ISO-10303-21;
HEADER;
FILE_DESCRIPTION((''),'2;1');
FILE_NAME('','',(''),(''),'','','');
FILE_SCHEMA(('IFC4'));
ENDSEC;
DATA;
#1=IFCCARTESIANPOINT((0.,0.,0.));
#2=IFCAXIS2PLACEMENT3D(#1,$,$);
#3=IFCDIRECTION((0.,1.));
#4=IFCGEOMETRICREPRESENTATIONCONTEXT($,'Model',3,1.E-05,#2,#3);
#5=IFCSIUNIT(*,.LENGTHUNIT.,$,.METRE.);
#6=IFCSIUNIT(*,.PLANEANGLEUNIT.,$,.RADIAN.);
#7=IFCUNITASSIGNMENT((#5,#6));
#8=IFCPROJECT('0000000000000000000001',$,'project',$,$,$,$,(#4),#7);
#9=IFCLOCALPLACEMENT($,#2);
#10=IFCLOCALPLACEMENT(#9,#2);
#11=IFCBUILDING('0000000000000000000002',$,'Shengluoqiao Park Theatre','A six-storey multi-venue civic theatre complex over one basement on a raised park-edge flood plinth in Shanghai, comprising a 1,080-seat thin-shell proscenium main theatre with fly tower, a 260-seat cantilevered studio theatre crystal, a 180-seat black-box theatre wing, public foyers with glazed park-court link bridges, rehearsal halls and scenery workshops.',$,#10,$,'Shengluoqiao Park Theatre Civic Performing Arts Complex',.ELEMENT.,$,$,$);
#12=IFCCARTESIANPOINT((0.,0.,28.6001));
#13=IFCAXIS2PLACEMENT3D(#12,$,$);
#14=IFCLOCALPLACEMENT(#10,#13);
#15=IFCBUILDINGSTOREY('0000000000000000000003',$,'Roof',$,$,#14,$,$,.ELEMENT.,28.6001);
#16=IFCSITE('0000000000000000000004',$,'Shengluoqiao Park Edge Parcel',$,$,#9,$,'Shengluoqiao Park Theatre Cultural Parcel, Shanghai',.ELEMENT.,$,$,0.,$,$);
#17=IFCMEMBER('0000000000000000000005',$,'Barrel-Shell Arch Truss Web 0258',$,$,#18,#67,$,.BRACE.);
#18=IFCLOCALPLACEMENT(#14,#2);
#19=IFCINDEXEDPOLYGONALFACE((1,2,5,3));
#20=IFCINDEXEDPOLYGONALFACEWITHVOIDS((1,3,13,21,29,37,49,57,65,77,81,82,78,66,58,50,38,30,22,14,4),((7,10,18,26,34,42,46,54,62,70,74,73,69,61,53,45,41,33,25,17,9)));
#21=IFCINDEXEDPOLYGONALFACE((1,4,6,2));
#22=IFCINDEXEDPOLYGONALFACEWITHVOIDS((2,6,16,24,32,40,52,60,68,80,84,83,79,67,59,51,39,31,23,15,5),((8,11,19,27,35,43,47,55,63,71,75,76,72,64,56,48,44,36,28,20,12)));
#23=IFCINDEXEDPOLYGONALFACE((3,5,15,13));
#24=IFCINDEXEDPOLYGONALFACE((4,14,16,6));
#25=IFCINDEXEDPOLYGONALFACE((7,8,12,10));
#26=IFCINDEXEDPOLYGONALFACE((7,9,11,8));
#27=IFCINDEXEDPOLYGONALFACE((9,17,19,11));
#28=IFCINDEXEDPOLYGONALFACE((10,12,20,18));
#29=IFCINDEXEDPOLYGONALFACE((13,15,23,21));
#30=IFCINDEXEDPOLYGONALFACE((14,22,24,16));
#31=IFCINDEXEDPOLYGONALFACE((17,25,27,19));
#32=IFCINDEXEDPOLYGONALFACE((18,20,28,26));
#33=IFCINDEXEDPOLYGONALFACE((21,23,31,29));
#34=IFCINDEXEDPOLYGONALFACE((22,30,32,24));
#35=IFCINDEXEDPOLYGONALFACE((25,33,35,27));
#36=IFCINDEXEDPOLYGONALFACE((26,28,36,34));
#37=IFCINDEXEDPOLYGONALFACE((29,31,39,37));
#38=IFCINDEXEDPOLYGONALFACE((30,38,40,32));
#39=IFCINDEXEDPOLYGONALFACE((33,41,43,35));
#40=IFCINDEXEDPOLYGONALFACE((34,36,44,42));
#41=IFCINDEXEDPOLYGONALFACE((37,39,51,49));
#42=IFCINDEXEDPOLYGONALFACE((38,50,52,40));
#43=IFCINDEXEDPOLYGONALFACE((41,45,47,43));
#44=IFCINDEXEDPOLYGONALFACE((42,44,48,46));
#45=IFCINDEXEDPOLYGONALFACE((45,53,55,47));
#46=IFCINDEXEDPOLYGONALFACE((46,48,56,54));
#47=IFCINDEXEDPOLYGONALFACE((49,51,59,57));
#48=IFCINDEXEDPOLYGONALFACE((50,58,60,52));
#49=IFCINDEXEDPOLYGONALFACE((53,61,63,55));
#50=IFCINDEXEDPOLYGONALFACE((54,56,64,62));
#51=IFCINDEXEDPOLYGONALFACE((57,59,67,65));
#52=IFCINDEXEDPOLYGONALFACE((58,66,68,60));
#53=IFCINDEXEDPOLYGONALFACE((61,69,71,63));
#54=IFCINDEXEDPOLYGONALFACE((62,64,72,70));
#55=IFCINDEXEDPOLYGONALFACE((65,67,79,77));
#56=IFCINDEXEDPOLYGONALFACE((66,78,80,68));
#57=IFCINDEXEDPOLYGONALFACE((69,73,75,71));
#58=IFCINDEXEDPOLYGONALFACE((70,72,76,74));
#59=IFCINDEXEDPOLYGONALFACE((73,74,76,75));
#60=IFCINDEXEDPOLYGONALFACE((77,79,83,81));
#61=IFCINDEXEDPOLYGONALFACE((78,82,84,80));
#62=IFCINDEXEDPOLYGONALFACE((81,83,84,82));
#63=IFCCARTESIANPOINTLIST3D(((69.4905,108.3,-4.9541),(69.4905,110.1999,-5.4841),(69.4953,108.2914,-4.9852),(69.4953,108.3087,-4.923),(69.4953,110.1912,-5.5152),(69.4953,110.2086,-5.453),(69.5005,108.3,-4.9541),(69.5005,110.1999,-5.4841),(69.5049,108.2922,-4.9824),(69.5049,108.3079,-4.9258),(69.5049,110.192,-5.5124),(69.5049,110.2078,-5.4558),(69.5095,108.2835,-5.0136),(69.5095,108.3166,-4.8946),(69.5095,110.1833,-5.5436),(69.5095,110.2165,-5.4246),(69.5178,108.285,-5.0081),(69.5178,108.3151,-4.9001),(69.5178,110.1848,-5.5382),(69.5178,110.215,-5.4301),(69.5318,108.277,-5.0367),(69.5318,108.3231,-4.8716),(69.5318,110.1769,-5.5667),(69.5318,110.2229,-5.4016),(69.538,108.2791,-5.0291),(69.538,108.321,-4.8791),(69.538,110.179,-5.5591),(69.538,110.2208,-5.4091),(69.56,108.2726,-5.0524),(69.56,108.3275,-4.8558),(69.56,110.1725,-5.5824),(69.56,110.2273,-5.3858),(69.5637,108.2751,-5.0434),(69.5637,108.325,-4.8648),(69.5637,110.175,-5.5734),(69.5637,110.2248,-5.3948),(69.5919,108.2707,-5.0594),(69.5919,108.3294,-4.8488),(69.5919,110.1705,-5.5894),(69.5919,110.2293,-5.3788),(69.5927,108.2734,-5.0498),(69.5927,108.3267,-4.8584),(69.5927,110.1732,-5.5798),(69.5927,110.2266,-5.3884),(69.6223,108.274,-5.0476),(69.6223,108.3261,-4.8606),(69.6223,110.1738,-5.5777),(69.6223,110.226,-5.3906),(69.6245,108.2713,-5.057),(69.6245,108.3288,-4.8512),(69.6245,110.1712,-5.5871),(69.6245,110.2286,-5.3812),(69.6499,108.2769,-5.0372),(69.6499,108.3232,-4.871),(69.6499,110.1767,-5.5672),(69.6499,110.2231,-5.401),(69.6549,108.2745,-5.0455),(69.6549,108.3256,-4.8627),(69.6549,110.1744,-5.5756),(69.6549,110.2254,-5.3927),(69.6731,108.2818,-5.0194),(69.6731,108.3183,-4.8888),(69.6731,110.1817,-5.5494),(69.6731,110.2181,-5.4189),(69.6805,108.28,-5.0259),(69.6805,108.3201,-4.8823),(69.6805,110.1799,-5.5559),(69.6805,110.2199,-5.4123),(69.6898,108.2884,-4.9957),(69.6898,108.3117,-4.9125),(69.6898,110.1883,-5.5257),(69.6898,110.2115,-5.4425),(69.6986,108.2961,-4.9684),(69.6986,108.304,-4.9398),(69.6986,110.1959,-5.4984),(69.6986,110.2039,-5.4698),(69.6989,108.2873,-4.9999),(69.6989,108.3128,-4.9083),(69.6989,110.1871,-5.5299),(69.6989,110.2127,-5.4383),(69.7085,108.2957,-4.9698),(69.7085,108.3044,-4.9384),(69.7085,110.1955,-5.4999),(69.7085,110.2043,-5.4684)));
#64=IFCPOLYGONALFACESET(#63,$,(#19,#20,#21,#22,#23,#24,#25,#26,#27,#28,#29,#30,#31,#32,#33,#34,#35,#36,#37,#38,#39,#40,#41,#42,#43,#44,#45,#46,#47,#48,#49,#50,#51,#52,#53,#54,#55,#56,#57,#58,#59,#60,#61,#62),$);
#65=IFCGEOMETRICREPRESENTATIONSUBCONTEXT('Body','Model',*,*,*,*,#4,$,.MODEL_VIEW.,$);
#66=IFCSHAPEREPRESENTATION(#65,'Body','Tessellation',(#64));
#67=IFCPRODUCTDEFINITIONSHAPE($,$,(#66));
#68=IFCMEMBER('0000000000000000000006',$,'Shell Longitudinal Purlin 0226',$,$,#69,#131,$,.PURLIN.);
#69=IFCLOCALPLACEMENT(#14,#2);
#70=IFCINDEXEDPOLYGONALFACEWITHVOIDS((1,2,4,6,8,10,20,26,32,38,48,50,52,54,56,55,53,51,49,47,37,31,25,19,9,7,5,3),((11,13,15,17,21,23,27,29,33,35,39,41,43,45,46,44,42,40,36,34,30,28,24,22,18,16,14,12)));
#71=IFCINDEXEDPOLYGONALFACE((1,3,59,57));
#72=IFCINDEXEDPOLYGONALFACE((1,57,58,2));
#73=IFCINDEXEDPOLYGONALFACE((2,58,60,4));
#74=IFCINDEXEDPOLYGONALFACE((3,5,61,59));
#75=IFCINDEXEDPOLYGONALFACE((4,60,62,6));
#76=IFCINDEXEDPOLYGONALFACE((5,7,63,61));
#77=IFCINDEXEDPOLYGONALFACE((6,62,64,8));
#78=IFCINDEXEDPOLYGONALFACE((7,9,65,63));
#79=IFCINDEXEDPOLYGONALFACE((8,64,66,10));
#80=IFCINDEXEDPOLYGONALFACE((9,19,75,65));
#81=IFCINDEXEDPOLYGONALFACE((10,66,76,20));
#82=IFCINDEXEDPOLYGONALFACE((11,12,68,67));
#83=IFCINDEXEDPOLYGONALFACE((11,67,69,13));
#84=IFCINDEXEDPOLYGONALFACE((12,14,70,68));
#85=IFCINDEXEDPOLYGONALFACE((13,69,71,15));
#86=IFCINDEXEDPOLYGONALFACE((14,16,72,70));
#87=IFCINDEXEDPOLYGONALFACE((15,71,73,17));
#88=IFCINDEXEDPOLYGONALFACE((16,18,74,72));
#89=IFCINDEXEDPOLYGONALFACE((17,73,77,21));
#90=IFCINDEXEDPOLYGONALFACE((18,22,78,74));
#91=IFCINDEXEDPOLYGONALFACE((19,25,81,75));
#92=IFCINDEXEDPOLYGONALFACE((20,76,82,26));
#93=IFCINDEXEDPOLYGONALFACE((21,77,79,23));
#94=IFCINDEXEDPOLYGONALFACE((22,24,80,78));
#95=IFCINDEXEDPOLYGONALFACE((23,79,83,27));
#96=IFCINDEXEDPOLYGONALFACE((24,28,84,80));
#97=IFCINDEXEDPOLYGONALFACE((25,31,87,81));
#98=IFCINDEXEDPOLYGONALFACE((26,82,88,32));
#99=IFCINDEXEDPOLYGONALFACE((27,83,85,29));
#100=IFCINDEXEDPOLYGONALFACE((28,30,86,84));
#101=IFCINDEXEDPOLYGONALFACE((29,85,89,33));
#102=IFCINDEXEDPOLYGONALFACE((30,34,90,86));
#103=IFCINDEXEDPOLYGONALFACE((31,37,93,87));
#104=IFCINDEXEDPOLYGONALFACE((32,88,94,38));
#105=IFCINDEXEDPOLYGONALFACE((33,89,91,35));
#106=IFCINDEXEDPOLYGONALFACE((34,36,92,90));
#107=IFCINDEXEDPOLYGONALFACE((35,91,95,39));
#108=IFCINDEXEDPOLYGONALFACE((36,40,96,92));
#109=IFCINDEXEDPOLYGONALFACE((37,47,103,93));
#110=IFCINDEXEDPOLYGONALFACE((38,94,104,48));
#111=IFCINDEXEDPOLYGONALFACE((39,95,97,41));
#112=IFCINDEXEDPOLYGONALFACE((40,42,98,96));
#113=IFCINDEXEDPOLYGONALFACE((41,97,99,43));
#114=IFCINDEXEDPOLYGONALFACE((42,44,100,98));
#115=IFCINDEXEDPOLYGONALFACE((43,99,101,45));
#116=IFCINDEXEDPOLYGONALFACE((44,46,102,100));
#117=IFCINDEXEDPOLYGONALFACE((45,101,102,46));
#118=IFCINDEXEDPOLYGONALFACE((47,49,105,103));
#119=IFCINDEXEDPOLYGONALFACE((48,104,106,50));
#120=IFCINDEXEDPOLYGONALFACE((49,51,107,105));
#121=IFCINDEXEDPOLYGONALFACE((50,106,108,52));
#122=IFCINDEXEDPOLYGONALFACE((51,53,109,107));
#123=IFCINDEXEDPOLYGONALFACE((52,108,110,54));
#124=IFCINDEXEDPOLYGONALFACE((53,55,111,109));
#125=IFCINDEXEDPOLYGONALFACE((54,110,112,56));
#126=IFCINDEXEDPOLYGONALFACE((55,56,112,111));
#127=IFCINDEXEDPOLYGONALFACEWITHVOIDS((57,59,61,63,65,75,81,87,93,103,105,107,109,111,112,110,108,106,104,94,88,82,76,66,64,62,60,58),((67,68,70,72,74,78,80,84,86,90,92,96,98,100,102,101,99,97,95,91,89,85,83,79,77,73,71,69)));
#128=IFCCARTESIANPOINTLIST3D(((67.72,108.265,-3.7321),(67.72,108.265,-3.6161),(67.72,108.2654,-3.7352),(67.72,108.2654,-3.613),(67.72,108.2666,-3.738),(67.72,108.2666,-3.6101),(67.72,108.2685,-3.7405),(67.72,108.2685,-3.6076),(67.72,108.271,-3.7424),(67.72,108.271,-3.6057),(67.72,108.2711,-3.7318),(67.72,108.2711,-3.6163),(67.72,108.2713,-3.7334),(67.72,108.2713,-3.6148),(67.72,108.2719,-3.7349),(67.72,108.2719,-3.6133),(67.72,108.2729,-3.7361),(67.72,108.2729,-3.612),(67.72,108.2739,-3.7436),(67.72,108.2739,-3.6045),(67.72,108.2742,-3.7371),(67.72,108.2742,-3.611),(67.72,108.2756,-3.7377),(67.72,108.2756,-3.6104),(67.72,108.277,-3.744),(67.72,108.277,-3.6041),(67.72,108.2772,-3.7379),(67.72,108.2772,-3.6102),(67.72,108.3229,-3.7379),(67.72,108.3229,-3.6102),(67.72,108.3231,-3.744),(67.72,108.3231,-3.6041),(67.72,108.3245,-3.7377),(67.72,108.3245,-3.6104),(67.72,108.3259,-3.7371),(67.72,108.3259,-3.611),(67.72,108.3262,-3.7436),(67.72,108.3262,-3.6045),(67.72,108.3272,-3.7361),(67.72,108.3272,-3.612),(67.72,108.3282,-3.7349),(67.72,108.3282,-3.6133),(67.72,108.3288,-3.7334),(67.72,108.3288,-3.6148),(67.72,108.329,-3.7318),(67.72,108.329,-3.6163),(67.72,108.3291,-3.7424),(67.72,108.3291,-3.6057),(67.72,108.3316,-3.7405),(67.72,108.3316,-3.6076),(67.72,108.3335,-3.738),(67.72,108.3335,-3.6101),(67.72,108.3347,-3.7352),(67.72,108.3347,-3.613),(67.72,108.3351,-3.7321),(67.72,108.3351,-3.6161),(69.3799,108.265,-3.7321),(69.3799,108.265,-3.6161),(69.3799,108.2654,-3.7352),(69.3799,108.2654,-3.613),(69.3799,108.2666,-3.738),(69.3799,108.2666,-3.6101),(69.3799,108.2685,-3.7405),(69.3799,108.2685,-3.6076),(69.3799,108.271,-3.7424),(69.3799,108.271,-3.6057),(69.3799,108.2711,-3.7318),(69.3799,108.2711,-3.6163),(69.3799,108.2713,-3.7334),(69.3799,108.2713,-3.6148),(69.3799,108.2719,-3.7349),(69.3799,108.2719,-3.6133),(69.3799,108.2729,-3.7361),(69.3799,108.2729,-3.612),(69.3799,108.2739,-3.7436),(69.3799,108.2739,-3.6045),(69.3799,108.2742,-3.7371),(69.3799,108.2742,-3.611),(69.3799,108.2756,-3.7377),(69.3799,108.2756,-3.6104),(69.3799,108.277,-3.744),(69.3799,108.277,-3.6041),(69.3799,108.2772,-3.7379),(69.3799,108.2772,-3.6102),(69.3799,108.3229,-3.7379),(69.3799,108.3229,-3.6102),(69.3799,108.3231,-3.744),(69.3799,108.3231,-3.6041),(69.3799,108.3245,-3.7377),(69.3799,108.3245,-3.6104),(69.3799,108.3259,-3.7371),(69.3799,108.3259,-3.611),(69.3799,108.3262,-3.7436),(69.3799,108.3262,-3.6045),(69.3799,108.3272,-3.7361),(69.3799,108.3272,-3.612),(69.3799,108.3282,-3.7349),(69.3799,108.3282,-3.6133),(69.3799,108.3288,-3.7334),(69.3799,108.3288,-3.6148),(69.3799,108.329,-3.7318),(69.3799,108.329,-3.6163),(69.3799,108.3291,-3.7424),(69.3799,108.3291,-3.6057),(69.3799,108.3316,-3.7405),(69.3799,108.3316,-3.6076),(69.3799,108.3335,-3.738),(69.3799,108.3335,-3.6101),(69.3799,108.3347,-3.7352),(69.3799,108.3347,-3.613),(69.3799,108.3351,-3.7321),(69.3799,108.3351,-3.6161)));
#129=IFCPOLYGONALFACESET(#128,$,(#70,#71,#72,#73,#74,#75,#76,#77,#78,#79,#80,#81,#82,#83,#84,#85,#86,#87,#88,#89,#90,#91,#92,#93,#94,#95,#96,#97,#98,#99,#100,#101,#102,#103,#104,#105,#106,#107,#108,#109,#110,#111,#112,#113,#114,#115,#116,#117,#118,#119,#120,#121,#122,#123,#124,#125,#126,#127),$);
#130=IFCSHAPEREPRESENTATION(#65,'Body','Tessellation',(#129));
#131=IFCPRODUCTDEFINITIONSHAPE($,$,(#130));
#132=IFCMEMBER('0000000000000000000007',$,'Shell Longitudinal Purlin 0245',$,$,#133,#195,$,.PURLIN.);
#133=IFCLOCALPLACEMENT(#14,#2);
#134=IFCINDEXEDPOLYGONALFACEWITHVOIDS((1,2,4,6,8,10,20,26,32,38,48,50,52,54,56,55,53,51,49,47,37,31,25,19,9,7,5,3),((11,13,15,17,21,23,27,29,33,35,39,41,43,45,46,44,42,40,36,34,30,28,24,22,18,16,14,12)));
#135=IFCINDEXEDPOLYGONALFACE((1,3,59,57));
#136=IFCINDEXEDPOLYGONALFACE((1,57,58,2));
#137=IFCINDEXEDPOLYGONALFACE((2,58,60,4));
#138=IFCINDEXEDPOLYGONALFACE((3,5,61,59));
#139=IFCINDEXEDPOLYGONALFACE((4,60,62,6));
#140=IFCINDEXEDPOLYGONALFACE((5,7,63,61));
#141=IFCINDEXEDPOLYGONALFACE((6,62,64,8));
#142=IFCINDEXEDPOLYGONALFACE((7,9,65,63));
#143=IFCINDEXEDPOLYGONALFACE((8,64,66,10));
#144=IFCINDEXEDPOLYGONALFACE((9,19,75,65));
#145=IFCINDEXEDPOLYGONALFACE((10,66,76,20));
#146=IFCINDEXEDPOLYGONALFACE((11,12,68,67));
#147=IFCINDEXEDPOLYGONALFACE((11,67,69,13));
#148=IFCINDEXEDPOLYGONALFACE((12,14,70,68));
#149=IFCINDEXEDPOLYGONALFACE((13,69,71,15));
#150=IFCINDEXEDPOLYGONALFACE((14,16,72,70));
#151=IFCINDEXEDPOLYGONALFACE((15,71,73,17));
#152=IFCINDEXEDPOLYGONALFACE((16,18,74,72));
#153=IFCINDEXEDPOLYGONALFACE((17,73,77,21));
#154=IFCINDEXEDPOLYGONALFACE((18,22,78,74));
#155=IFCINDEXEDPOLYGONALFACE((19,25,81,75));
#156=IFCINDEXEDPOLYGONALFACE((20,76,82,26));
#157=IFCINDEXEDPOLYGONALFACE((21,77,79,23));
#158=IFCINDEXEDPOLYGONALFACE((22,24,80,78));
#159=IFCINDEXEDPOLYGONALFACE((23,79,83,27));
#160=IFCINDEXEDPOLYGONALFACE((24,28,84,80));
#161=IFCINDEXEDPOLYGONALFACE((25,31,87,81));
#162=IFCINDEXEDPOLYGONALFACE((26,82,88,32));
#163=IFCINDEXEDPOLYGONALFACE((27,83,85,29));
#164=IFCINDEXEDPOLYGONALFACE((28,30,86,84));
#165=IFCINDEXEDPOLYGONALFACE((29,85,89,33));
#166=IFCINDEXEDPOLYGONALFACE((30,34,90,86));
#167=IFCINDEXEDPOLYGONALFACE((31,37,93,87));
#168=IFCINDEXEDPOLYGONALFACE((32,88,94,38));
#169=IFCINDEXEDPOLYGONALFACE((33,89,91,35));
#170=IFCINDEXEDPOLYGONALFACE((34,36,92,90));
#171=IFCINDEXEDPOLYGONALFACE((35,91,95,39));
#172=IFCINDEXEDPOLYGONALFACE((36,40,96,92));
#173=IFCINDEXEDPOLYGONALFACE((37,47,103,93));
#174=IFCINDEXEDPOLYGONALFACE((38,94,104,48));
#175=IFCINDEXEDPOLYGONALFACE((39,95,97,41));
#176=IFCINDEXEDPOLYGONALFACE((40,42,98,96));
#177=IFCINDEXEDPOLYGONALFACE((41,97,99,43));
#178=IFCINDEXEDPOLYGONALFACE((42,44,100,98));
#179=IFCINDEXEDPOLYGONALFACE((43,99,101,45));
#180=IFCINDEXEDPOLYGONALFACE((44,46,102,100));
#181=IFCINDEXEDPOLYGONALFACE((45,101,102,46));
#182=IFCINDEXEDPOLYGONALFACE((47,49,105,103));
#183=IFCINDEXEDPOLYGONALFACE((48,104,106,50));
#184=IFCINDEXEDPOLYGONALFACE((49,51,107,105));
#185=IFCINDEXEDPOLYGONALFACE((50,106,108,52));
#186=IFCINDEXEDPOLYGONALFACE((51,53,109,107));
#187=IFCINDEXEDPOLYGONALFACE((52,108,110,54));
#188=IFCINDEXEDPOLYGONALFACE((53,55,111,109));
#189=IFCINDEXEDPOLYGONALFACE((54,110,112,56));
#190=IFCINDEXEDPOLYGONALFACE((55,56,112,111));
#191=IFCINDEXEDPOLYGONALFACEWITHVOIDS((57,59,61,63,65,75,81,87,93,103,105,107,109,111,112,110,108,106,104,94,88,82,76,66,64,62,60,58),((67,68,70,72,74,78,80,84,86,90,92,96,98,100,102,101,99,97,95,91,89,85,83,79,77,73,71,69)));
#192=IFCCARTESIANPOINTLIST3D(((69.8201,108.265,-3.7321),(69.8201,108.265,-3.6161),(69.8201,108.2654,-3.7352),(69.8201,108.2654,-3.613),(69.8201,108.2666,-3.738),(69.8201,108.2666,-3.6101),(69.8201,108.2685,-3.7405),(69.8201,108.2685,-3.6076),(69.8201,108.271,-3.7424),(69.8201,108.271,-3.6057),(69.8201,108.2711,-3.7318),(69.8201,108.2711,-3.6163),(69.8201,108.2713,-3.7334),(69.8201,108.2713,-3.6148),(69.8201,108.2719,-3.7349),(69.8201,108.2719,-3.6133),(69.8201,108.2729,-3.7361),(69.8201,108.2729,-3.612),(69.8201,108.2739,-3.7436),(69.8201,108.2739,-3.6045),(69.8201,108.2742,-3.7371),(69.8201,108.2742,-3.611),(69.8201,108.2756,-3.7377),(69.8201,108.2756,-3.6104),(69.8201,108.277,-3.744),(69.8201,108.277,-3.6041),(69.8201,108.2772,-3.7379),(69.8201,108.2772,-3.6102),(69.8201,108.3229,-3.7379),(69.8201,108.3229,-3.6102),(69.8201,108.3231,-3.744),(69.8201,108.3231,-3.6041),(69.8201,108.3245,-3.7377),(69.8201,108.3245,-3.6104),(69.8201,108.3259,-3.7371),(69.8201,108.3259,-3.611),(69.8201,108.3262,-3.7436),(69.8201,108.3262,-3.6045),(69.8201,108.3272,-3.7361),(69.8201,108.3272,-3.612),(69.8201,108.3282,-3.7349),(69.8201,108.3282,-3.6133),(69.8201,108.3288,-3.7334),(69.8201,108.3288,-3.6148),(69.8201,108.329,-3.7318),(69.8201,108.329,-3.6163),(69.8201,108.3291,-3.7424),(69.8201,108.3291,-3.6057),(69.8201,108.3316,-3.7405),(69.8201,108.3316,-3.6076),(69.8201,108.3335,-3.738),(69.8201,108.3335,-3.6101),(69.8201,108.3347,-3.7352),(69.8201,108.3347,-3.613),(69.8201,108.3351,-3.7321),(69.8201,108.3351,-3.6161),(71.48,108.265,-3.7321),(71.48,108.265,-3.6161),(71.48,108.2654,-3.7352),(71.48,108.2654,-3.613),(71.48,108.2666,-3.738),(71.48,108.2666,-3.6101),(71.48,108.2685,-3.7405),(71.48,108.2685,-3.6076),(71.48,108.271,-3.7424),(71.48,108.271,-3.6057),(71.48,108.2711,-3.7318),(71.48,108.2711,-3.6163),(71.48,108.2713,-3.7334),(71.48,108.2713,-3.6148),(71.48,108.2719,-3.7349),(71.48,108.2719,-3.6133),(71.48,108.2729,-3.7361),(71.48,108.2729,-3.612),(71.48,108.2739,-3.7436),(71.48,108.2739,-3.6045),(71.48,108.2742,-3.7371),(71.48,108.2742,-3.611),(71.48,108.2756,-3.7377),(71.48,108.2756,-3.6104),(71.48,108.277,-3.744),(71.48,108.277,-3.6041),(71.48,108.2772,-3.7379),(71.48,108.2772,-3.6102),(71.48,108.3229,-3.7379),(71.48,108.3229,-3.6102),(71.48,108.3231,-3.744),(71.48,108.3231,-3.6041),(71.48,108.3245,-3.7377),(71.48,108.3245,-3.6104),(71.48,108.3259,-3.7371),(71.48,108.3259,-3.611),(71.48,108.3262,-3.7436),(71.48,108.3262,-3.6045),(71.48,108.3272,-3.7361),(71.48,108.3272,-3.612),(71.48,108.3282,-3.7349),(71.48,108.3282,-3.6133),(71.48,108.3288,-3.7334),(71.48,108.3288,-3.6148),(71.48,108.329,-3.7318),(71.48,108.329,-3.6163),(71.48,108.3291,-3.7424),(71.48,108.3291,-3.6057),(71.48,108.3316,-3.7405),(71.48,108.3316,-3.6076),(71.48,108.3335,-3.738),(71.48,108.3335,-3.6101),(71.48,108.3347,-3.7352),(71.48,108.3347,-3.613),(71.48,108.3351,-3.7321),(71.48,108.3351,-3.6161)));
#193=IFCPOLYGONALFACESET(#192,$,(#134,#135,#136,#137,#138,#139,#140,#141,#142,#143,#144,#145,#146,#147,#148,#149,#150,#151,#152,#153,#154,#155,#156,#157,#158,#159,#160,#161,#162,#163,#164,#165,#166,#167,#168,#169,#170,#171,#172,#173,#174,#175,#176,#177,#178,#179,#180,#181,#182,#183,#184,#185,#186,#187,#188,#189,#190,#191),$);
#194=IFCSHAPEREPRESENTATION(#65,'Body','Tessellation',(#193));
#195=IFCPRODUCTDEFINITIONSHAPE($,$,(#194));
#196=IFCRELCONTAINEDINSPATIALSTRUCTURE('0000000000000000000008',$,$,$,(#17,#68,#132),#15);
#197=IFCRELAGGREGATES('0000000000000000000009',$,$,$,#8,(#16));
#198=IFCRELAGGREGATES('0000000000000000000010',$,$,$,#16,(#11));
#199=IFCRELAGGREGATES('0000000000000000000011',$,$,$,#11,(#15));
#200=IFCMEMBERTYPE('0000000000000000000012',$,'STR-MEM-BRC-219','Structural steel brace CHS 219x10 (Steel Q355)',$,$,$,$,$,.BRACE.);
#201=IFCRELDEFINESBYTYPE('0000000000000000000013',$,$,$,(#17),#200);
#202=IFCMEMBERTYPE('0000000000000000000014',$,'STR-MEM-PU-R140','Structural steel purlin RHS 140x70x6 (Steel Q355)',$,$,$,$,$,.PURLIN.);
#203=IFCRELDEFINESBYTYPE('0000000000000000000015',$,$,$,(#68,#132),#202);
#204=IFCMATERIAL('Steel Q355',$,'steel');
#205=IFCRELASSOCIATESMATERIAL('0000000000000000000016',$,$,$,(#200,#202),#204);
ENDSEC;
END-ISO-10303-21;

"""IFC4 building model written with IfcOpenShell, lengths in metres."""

from ifc_helpers import new_model, si_unit, direction, frame, origin, origin_2d, place, context, subcontext, project, spatial, hollow_rectangle, hollow_circle, extrude, material, material_profile, profile_set, type_object, element, save


model = new_model("IFC4")

# Units and contexts
model_context = context("Model", 3, precision=1e-05, world=origin(), true_north=direction((0.0, 1.0)))
body_context = subcontext(model_context, "Body", "Model", "MODEL_VIEW")
ifc_project = project(units=[si_unit("LENGTHUNIT", "METRE"), si_unit("PLANEANGLEUNIT", "RADIAN")], contexts=[model_context])

# Site, building, storey
site_placement = place(None, origin())
site = spatial("IfcSite", under=ifc_project, at=site_placement, Name="Shengluoqiao Park Edge Parcel", LongName="Shengluoqiao Park Theatre Cultural Parcel, Shanghai", CompositionType="ELEMENT", RefElevation=0.0)
building_placement = place(site_placement, origin())
building = spatial("IfcBuilding", under=site, at=building_placement, Name="Shengluoqiao Park Theatre", Description="A six-storey multi-venue civic theatre complex over one basement on a raised park-edge flood plinth in Shanghai, comprising a 1,080-seat thin-shell proscenium main theatre with fly tower, a 260-seat cantilevered studio theatre crystal, a 180-seat black-box theatre wing, public foyers with glazed park-court link bridges, rehearsal halls and scenery workshops.", LongName="Shengluoqiao Park Theatre Civic Performing Arts Complex", CompositionType="ELEMENT")
storey_placement = place(building_placement, frame((0.0, 0.0, 28.6001)))
storey = spatial("IfcBuildingStorey", under=building, at=storey_placement, Name="Roof", CompositionType="ELEMENT", Elevation=28.6001)

# Shared definitions
ifc_material_1 = material(Name="Steel Q355", Category="steel")

# Members
ifc_material_profile_1 = material_profile(ifc_material_1, hollow_circle(Radius=0.1096, WallThickness=0.01, at=origin_2d()), Name="CHS 219x10")
ifc_profile_set_1 = profile_set([ifc_material_profile_1], Name="Steel Q355")
member_type_1 = type_object("IfcMemberType", Name="STR-MEM-BRC-219", Description="Structural steel brace CHS 219x10 (Steel Q355)", PredefinedType="BRACE", material=ifc_profile_set_1)
member_1_placement = place(storey_placement, frame((69.6001, 108.3, -4.9541), z_axis=(0.0, 0.963219, -0.268716), x_axis=(-1.0, 0.0, 0.0)))
element("IfcMember", 1, at=member_1_placement, inside=storey, type_object=member_type_1, Name="Barrel-Shell Arch Truss Web 0258", PredefinedType="BRACE", context=body_context, shape_type="SweptSolid", body=[
    extrude(hollow_circle(Radius=0.1096, WallThickness=0.01, at=origin_2d()), origin(), (0.0, 0.0, 1.0), 1.9724),
])
ifc_material_profile_2 = material_profile(ifc_material_1, hollow_rectangle(XDim=0.0701, YDim=0.1399, WallThickness=0.0061, InnerFilletRadius=0.0061, OuterFilletRadius=0.012, at=origin_2d()), Name="RHS 140x70x6")
ifc_profile_set_2 = profile_set([ifc_material_profile_2], Name="Steel Q355")
member_type_2 = type_object("IfcMemberType", Name="STR-MEM-PU-R140", Description="Structural steel purlin RHS 140x70x6 (Steel Q355)", PredefinedType="PURLIN", material=ifc_profile_set_2)
for number, where, z_axis, x_axis, name in (
    (2, (67.72, 108.3, -3.6741), (1.0, 0.0, 0.0), (0.0, 1.0, 0.0), "Shell Longitudinal Purlin 0226"),
    (3, (69.8201, 108.3, -3.6741), (1.0, 0.0, 0.0), (0.0, 1.0, 0.0), "Shell Longitudinal Purlin 0245"),
):
    element("IfcMember", number, at=place(storey_placement, frame(where, z_axis=z_axis, x_axis=x_axis)), inside=storey, type_object=member_type_2, Name=name, PredefinedType="PURLIN", context=body_context, shape_type="SweptSolid", body=[
        extrude(hollow_rectangle(XDim=0.0701, YDim=0.1399, WallThickness=0.0061, InnerFilletRadius=0.0061, OuterFilletRadius=0.012, at=origin_2d()), origin(), (0.0, 0.0, 1.0), 1.6599),
    ])

save(model, "model.ifc")
